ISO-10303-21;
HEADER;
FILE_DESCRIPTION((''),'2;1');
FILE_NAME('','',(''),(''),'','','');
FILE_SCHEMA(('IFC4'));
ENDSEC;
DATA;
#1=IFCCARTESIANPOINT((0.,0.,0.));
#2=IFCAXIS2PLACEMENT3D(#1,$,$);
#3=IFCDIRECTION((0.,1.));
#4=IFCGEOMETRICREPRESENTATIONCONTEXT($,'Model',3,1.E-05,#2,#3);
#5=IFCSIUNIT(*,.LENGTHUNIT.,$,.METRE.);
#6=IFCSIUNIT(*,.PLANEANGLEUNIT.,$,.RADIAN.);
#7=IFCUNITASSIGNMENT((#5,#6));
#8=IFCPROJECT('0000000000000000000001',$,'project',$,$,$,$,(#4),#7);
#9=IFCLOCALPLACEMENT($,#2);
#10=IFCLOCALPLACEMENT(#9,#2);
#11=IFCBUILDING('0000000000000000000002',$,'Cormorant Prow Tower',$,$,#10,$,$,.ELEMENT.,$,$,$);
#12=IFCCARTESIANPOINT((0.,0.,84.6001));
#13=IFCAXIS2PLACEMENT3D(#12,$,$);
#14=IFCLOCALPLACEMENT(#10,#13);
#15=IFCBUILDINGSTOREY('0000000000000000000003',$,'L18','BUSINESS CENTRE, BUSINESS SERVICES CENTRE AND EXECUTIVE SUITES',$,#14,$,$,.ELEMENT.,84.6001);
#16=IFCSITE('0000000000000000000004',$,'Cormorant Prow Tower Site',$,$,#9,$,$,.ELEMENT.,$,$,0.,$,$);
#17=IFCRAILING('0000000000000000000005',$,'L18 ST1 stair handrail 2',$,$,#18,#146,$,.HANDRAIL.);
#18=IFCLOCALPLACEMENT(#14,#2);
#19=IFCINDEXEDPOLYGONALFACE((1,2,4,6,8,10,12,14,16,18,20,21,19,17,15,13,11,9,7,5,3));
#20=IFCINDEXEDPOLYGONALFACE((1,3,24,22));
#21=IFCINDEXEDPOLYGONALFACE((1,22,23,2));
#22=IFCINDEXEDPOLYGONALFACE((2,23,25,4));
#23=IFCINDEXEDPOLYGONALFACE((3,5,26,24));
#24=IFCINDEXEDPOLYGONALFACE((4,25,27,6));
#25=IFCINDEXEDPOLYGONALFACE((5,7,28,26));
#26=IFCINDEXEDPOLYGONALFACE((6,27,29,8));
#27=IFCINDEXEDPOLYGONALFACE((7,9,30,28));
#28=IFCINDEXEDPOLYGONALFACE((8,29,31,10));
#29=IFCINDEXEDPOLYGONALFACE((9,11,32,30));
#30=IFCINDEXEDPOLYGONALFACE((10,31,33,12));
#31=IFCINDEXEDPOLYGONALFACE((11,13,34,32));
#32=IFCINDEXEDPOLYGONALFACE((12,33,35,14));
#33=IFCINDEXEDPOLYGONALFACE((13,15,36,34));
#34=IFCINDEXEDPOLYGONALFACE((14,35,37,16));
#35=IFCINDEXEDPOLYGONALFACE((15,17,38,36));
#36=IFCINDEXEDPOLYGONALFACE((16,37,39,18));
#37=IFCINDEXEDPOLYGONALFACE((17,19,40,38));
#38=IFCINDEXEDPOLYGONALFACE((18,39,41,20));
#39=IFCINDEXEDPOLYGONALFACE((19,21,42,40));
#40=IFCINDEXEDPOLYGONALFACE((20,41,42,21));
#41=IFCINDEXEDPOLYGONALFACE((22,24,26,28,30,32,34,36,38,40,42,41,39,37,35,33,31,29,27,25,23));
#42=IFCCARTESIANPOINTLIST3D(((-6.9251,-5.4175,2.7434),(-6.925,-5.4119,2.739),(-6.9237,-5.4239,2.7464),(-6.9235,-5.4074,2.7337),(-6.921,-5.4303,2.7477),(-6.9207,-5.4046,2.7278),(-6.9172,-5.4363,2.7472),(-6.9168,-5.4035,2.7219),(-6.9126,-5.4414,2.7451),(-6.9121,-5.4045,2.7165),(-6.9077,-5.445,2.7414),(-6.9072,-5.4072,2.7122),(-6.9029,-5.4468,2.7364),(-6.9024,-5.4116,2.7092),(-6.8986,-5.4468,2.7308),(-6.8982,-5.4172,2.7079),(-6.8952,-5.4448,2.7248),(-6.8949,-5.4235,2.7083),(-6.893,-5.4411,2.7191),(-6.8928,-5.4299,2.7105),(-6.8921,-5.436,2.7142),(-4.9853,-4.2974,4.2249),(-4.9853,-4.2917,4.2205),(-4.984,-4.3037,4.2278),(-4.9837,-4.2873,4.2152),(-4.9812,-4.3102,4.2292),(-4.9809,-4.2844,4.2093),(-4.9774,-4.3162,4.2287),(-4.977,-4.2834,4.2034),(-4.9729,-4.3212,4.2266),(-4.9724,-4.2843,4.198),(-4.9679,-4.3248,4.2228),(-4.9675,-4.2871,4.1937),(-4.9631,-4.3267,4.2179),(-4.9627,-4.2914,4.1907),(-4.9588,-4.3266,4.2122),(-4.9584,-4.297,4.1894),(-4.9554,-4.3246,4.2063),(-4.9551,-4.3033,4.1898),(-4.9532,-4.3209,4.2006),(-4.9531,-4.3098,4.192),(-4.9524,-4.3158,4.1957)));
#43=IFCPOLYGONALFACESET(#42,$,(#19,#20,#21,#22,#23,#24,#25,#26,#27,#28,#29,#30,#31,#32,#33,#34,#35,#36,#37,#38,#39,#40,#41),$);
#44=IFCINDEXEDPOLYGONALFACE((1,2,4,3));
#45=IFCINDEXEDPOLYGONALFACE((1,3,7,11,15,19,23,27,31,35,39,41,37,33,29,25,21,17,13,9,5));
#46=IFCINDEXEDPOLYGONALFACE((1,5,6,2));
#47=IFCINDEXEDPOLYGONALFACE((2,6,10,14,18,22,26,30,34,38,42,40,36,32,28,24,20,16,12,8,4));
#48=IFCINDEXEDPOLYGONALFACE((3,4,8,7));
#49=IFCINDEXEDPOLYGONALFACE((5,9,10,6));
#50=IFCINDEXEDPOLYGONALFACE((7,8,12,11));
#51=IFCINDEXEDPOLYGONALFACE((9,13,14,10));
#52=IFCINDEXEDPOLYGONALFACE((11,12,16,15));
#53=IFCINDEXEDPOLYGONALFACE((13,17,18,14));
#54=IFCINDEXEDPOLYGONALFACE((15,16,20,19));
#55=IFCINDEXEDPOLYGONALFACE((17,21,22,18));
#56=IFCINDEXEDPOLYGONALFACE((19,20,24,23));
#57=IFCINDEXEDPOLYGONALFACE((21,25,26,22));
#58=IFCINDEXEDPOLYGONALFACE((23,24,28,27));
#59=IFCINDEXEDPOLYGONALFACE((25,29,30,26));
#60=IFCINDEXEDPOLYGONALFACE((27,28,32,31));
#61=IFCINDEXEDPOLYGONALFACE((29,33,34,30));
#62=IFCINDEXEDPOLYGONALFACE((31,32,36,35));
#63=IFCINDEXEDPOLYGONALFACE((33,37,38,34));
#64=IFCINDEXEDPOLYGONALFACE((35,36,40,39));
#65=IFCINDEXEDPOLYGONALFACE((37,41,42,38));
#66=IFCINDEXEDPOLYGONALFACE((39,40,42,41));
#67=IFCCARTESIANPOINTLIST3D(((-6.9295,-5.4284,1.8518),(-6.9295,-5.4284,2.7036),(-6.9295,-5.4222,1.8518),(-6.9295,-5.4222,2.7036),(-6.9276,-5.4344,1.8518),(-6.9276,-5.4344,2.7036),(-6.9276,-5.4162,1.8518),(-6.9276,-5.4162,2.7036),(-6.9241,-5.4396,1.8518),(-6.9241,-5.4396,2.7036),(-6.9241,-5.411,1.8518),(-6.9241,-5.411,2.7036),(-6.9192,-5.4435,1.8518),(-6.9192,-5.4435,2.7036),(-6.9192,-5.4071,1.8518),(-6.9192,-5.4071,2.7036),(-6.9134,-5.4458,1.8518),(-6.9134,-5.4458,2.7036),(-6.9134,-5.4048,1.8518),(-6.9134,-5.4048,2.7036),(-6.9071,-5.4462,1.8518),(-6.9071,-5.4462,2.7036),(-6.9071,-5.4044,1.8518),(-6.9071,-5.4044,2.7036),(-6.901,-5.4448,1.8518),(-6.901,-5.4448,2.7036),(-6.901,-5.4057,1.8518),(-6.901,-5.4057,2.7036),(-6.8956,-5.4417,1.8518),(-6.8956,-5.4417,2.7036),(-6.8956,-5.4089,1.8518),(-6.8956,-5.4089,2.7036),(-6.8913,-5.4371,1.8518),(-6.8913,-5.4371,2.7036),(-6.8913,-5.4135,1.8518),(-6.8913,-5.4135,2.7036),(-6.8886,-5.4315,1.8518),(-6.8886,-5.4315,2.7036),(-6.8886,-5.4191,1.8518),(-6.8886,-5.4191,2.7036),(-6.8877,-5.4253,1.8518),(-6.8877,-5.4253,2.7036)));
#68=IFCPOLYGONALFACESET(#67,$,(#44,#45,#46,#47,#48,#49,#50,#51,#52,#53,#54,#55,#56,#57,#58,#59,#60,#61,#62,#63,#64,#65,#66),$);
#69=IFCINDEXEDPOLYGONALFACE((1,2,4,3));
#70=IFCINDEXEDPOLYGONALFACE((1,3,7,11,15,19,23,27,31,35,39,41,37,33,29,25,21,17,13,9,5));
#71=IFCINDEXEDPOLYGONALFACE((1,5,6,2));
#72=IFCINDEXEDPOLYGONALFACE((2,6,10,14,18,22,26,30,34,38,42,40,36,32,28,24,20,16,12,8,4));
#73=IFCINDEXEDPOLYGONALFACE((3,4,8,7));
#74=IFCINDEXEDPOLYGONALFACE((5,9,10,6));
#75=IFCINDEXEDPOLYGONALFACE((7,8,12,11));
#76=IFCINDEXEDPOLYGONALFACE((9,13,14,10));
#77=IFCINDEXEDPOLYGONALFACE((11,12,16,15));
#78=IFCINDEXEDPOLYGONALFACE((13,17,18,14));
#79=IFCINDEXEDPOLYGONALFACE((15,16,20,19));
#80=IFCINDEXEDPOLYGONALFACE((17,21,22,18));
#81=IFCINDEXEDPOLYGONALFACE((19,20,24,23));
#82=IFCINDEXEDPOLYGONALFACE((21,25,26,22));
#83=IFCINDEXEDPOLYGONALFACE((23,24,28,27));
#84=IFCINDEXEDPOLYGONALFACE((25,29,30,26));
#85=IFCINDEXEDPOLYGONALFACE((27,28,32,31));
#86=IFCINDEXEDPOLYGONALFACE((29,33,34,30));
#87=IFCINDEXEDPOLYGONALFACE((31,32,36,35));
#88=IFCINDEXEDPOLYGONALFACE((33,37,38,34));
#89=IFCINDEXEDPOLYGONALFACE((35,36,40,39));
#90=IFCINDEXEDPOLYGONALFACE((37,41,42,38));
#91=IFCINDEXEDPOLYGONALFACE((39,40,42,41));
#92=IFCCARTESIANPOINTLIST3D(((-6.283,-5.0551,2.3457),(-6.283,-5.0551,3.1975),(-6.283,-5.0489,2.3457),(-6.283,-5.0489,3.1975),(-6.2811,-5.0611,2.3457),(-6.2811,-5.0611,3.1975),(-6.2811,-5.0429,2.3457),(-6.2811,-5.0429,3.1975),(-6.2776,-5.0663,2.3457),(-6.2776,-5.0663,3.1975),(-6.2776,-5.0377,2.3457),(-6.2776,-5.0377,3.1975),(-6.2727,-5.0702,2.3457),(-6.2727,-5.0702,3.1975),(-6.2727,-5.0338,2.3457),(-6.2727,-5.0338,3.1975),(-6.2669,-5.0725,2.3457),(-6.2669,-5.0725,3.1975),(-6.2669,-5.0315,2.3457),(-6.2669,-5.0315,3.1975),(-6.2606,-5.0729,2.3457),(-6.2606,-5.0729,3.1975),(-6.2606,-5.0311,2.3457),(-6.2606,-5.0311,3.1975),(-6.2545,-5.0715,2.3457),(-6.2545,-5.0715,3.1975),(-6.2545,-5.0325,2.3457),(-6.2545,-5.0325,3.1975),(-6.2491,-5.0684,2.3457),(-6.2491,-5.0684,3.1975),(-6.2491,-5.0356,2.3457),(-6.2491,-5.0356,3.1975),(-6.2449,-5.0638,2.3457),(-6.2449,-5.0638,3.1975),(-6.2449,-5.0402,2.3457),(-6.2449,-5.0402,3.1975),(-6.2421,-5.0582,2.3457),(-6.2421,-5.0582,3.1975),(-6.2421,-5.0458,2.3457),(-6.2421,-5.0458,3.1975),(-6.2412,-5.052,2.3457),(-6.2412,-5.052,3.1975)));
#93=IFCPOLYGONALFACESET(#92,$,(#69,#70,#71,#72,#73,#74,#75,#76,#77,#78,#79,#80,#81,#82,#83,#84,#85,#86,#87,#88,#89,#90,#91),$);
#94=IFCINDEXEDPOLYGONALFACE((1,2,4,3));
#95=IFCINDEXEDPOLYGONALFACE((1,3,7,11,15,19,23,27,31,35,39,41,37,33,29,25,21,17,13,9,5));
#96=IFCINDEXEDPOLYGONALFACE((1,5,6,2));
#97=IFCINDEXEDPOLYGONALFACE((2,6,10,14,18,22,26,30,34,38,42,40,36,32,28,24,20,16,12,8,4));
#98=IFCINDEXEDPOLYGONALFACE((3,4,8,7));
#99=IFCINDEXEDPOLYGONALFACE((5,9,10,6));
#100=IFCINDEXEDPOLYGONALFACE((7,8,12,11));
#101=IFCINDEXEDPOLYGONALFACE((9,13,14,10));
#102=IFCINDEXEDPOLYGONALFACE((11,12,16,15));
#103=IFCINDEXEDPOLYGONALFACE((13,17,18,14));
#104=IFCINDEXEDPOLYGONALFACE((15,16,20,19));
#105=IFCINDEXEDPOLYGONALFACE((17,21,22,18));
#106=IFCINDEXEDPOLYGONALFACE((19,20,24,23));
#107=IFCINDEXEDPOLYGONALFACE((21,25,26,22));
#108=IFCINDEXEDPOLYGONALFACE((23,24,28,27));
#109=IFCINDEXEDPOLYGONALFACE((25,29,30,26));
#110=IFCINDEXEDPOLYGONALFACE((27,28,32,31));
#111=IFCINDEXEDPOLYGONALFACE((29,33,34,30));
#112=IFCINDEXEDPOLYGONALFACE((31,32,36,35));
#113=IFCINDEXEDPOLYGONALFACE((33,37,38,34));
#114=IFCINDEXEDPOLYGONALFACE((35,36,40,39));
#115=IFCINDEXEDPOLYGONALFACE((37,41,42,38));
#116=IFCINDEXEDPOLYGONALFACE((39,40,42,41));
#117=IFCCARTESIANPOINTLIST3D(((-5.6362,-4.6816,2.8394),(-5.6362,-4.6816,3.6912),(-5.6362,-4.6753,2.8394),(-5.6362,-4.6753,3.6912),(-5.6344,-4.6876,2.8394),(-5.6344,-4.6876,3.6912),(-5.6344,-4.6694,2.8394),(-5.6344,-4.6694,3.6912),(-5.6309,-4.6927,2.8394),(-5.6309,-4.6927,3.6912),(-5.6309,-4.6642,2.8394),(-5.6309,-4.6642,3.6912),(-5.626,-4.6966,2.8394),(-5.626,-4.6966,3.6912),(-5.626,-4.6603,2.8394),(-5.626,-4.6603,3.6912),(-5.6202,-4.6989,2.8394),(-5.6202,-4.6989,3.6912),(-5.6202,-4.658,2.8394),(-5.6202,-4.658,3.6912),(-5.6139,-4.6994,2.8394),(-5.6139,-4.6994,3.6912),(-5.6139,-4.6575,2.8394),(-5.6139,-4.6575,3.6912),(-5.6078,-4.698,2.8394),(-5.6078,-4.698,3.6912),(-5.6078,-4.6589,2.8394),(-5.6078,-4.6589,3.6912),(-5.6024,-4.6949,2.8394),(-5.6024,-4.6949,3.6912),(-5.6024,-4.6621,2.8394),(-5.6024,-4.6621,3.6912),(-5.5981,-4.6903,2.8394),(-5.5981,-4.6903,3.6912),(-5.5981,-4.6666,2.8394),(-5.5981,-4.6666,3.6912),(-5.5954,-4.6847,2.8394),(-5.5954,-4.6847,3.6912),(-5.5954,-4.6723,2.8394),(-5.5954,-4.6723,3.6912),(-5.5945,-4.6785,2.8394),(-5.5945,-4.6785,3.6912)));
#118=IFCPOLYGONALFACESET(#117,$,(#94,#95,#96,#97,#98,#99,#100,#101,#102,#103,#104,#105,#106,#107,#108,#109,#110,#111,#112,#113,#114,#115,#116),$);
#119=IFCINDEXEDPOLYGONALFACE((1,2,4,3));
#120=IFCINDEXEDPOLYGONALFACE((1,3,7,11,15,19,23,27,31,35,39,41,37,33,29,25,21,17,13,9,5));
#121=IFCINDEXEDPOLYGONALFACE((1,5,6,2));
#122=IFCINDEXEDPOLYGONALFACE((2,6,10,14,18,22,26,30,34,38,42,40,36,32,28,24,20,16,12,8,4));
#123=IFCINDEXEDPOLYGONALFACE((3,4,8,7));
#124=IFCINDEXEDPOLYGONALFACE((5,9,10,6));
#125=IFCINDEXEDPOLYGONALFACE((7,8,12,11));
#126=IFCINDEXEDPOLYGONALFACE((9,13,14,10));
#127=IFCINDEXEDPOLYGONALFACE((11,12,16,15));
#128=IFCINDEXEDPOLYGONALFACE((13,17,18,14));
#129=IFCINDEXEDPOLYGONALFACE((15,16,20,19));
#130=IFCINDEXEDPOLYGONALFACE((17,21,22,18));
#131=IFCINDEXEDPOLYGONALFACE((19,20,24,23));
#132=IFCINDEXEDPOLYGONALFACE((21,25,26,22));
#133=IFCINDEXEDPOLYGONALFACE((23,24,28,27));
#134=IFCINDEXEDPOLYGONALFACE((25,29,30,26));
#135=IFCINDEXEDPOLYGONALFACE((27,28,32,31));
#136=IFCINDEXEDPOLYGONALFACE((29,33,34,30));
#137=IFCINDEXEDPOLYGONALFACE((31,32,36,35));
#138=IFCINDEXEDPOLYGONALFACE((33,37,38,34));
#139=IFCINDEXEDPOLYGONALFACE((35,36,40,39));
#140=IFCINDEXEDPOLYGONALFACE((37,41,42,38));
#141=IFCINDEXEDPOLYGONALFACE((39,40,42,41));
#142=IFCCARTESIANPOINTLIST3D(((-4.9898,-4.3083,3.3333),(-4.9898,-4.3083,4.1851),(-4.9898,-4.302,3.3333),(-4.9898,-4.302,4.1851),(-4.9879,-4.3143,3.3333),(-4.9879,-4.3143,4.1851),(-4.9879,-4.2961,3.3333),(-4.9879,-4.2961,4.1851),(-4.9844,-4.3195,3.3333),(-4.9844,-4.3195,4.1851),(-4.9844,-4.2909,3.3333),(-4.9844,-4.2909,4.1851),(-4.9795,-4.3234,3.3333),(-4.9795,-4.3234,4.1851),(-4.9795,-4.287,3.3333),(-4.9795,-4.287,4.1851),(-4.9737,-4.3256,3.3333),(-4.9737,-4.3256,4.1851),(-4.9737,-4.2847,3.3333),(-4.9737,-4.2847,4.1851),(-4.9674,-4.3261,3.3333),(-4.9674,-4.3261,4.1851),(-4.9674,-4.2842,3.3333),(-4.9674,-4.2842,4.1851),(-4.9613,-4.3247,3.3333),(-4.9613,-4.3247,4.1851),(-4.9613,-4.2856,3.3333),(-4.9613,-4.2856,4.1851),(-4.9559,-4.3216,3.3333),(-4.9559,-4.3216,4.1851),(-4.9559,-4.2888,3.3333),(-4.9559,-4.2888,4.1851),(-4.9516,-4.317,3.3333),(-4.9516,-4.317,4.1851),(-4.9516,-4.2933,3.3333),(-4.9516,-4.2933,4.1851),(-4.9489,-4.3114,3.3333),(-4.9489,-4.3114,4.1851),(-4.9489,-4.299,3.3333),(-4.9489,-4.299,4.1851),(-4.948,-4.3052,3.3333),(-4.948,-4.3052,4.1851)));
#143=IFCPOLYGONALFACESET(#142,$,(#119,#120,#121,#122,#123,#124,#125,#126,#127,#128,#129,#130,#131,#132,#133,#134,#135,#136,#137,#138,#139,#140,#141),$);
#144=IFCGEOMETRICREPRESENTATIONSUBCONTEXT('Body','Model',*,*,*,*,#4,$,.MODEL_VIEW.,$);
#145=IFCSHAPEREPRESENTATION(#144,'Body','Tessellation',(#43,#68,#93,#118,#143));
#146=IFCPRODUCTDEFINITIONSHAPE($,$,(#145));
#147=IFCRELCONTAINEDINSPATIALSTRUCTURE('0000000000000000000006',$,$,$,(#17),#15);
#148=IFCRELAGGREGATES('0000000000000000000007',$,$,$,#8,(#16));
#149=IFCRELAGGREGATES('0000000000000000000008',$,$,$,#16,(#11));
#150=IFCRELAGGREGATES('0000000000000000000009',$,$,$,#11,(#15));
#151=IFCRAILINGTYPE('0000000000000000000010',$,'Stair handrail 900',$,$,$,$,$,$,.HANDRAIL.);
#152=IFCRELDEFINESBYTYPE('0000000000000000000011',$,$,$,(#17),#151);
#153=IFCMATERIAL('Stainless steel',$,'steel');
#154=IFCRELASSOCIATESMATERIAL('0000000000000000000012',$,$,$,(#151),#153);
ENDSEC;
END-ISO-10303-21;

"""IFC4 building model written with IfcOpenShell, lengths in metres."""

from ifc_helpers import new_model, si_unit, direction, frame, origin, origin_2d, place, context, subcontext, project, spatial, circle, extrude, material, type_object, element, save


model = new_model("IFC4")

# Units and contexts
model_context = context("Model", 3, precision=1e-05, world=origin(), true_north=direction((0.0, 1.0)))
body_context = subcontext(model_context, "Body", "Model", "MODEL_VIEW")
ifc_project = project(units=[si_unit("LENGTHUNIT", "METRE"), si_unit("PLANEANGLEUNIT", "RADIAN")], contexts=[model_context])

# Site, building, storey
site_placement = place(None, origin())
site = spatial("IfcSite", under=ifc_project, at=site_placement, Name="Cormorant Prow Tower Site", CompositionType="ELEMENT", RefElevation=0.0)
building_placement = place(site_placement, origin())
building = spatial("IfcBuilding", under=site, at=building_placement, Name="Cormorant Prow Tower", CompositionType="ELEMENT")
storey_placement = place(building_placement, frame((0.0, 0.0, 84.6001)))
storey = spatial("IfcBuildingStorey", under=building, at=storey_placement, Name="L18", Description="BUSINESS CENTRE, BUSINESS SERVICES CENTRE AND EXECUTIVE SUITES", CompositionType="ELEMENT", Elevation=84.6001)

# Railing
ifc_material_1 = material(Name="Stainless steel", Category="steel")
railing_type_1 = type_object("IfcRailingType", Name="Stair handrail 900", PredefinedType="HANDRAIL", material=ifc_material_1)
for number, where, name in (
    (1, (-6.9087, -5.4253, 1.8518), "L18 ST1 stair handrail 2"),
):
    element("IfcRailing", number, at=place(storey_placement, frame(where)), inside=storey, type_object=railing_type_1, Name=name, PredefinedType="HANDRAIL", context=body_context, shape_type="SweptSolid", body=[
        extrude(circle(Radius=0.0239, at=origin_2d()), frame((0.0, 0.0, 0.876), z_axis=(0.722292, 0.417102, 0.551651), x_axis=(-0.500078, 0.86598, 0.0)), (0.0, 0.0, 1.0), 2.6855),
        extrude(circle(Radius=0.021, at=origin_2d()), origin(), (0.0, 0.0, 1.0), 0.8518),
        extrude(circle(Radius=0.021, at=origin_2d()), frame((0.6465, 0.3733, 0.4939)), (0.0, 0.0, 1.0), 0.8518),
        extrude(circle(Radius=0.021, at=origin_2d()), frame((1.2932, 0.7468, 0.9875)), (0.0, 0.0, 1.0), 0.8518),
        extrude(circle(Radius=0.021, at=origin_2d()), frame((1.9397, 1.1201, 1.4814)), (0.0, 0.0, 1.0), 0.8518),
    ])

save(model, "model.ifc")
